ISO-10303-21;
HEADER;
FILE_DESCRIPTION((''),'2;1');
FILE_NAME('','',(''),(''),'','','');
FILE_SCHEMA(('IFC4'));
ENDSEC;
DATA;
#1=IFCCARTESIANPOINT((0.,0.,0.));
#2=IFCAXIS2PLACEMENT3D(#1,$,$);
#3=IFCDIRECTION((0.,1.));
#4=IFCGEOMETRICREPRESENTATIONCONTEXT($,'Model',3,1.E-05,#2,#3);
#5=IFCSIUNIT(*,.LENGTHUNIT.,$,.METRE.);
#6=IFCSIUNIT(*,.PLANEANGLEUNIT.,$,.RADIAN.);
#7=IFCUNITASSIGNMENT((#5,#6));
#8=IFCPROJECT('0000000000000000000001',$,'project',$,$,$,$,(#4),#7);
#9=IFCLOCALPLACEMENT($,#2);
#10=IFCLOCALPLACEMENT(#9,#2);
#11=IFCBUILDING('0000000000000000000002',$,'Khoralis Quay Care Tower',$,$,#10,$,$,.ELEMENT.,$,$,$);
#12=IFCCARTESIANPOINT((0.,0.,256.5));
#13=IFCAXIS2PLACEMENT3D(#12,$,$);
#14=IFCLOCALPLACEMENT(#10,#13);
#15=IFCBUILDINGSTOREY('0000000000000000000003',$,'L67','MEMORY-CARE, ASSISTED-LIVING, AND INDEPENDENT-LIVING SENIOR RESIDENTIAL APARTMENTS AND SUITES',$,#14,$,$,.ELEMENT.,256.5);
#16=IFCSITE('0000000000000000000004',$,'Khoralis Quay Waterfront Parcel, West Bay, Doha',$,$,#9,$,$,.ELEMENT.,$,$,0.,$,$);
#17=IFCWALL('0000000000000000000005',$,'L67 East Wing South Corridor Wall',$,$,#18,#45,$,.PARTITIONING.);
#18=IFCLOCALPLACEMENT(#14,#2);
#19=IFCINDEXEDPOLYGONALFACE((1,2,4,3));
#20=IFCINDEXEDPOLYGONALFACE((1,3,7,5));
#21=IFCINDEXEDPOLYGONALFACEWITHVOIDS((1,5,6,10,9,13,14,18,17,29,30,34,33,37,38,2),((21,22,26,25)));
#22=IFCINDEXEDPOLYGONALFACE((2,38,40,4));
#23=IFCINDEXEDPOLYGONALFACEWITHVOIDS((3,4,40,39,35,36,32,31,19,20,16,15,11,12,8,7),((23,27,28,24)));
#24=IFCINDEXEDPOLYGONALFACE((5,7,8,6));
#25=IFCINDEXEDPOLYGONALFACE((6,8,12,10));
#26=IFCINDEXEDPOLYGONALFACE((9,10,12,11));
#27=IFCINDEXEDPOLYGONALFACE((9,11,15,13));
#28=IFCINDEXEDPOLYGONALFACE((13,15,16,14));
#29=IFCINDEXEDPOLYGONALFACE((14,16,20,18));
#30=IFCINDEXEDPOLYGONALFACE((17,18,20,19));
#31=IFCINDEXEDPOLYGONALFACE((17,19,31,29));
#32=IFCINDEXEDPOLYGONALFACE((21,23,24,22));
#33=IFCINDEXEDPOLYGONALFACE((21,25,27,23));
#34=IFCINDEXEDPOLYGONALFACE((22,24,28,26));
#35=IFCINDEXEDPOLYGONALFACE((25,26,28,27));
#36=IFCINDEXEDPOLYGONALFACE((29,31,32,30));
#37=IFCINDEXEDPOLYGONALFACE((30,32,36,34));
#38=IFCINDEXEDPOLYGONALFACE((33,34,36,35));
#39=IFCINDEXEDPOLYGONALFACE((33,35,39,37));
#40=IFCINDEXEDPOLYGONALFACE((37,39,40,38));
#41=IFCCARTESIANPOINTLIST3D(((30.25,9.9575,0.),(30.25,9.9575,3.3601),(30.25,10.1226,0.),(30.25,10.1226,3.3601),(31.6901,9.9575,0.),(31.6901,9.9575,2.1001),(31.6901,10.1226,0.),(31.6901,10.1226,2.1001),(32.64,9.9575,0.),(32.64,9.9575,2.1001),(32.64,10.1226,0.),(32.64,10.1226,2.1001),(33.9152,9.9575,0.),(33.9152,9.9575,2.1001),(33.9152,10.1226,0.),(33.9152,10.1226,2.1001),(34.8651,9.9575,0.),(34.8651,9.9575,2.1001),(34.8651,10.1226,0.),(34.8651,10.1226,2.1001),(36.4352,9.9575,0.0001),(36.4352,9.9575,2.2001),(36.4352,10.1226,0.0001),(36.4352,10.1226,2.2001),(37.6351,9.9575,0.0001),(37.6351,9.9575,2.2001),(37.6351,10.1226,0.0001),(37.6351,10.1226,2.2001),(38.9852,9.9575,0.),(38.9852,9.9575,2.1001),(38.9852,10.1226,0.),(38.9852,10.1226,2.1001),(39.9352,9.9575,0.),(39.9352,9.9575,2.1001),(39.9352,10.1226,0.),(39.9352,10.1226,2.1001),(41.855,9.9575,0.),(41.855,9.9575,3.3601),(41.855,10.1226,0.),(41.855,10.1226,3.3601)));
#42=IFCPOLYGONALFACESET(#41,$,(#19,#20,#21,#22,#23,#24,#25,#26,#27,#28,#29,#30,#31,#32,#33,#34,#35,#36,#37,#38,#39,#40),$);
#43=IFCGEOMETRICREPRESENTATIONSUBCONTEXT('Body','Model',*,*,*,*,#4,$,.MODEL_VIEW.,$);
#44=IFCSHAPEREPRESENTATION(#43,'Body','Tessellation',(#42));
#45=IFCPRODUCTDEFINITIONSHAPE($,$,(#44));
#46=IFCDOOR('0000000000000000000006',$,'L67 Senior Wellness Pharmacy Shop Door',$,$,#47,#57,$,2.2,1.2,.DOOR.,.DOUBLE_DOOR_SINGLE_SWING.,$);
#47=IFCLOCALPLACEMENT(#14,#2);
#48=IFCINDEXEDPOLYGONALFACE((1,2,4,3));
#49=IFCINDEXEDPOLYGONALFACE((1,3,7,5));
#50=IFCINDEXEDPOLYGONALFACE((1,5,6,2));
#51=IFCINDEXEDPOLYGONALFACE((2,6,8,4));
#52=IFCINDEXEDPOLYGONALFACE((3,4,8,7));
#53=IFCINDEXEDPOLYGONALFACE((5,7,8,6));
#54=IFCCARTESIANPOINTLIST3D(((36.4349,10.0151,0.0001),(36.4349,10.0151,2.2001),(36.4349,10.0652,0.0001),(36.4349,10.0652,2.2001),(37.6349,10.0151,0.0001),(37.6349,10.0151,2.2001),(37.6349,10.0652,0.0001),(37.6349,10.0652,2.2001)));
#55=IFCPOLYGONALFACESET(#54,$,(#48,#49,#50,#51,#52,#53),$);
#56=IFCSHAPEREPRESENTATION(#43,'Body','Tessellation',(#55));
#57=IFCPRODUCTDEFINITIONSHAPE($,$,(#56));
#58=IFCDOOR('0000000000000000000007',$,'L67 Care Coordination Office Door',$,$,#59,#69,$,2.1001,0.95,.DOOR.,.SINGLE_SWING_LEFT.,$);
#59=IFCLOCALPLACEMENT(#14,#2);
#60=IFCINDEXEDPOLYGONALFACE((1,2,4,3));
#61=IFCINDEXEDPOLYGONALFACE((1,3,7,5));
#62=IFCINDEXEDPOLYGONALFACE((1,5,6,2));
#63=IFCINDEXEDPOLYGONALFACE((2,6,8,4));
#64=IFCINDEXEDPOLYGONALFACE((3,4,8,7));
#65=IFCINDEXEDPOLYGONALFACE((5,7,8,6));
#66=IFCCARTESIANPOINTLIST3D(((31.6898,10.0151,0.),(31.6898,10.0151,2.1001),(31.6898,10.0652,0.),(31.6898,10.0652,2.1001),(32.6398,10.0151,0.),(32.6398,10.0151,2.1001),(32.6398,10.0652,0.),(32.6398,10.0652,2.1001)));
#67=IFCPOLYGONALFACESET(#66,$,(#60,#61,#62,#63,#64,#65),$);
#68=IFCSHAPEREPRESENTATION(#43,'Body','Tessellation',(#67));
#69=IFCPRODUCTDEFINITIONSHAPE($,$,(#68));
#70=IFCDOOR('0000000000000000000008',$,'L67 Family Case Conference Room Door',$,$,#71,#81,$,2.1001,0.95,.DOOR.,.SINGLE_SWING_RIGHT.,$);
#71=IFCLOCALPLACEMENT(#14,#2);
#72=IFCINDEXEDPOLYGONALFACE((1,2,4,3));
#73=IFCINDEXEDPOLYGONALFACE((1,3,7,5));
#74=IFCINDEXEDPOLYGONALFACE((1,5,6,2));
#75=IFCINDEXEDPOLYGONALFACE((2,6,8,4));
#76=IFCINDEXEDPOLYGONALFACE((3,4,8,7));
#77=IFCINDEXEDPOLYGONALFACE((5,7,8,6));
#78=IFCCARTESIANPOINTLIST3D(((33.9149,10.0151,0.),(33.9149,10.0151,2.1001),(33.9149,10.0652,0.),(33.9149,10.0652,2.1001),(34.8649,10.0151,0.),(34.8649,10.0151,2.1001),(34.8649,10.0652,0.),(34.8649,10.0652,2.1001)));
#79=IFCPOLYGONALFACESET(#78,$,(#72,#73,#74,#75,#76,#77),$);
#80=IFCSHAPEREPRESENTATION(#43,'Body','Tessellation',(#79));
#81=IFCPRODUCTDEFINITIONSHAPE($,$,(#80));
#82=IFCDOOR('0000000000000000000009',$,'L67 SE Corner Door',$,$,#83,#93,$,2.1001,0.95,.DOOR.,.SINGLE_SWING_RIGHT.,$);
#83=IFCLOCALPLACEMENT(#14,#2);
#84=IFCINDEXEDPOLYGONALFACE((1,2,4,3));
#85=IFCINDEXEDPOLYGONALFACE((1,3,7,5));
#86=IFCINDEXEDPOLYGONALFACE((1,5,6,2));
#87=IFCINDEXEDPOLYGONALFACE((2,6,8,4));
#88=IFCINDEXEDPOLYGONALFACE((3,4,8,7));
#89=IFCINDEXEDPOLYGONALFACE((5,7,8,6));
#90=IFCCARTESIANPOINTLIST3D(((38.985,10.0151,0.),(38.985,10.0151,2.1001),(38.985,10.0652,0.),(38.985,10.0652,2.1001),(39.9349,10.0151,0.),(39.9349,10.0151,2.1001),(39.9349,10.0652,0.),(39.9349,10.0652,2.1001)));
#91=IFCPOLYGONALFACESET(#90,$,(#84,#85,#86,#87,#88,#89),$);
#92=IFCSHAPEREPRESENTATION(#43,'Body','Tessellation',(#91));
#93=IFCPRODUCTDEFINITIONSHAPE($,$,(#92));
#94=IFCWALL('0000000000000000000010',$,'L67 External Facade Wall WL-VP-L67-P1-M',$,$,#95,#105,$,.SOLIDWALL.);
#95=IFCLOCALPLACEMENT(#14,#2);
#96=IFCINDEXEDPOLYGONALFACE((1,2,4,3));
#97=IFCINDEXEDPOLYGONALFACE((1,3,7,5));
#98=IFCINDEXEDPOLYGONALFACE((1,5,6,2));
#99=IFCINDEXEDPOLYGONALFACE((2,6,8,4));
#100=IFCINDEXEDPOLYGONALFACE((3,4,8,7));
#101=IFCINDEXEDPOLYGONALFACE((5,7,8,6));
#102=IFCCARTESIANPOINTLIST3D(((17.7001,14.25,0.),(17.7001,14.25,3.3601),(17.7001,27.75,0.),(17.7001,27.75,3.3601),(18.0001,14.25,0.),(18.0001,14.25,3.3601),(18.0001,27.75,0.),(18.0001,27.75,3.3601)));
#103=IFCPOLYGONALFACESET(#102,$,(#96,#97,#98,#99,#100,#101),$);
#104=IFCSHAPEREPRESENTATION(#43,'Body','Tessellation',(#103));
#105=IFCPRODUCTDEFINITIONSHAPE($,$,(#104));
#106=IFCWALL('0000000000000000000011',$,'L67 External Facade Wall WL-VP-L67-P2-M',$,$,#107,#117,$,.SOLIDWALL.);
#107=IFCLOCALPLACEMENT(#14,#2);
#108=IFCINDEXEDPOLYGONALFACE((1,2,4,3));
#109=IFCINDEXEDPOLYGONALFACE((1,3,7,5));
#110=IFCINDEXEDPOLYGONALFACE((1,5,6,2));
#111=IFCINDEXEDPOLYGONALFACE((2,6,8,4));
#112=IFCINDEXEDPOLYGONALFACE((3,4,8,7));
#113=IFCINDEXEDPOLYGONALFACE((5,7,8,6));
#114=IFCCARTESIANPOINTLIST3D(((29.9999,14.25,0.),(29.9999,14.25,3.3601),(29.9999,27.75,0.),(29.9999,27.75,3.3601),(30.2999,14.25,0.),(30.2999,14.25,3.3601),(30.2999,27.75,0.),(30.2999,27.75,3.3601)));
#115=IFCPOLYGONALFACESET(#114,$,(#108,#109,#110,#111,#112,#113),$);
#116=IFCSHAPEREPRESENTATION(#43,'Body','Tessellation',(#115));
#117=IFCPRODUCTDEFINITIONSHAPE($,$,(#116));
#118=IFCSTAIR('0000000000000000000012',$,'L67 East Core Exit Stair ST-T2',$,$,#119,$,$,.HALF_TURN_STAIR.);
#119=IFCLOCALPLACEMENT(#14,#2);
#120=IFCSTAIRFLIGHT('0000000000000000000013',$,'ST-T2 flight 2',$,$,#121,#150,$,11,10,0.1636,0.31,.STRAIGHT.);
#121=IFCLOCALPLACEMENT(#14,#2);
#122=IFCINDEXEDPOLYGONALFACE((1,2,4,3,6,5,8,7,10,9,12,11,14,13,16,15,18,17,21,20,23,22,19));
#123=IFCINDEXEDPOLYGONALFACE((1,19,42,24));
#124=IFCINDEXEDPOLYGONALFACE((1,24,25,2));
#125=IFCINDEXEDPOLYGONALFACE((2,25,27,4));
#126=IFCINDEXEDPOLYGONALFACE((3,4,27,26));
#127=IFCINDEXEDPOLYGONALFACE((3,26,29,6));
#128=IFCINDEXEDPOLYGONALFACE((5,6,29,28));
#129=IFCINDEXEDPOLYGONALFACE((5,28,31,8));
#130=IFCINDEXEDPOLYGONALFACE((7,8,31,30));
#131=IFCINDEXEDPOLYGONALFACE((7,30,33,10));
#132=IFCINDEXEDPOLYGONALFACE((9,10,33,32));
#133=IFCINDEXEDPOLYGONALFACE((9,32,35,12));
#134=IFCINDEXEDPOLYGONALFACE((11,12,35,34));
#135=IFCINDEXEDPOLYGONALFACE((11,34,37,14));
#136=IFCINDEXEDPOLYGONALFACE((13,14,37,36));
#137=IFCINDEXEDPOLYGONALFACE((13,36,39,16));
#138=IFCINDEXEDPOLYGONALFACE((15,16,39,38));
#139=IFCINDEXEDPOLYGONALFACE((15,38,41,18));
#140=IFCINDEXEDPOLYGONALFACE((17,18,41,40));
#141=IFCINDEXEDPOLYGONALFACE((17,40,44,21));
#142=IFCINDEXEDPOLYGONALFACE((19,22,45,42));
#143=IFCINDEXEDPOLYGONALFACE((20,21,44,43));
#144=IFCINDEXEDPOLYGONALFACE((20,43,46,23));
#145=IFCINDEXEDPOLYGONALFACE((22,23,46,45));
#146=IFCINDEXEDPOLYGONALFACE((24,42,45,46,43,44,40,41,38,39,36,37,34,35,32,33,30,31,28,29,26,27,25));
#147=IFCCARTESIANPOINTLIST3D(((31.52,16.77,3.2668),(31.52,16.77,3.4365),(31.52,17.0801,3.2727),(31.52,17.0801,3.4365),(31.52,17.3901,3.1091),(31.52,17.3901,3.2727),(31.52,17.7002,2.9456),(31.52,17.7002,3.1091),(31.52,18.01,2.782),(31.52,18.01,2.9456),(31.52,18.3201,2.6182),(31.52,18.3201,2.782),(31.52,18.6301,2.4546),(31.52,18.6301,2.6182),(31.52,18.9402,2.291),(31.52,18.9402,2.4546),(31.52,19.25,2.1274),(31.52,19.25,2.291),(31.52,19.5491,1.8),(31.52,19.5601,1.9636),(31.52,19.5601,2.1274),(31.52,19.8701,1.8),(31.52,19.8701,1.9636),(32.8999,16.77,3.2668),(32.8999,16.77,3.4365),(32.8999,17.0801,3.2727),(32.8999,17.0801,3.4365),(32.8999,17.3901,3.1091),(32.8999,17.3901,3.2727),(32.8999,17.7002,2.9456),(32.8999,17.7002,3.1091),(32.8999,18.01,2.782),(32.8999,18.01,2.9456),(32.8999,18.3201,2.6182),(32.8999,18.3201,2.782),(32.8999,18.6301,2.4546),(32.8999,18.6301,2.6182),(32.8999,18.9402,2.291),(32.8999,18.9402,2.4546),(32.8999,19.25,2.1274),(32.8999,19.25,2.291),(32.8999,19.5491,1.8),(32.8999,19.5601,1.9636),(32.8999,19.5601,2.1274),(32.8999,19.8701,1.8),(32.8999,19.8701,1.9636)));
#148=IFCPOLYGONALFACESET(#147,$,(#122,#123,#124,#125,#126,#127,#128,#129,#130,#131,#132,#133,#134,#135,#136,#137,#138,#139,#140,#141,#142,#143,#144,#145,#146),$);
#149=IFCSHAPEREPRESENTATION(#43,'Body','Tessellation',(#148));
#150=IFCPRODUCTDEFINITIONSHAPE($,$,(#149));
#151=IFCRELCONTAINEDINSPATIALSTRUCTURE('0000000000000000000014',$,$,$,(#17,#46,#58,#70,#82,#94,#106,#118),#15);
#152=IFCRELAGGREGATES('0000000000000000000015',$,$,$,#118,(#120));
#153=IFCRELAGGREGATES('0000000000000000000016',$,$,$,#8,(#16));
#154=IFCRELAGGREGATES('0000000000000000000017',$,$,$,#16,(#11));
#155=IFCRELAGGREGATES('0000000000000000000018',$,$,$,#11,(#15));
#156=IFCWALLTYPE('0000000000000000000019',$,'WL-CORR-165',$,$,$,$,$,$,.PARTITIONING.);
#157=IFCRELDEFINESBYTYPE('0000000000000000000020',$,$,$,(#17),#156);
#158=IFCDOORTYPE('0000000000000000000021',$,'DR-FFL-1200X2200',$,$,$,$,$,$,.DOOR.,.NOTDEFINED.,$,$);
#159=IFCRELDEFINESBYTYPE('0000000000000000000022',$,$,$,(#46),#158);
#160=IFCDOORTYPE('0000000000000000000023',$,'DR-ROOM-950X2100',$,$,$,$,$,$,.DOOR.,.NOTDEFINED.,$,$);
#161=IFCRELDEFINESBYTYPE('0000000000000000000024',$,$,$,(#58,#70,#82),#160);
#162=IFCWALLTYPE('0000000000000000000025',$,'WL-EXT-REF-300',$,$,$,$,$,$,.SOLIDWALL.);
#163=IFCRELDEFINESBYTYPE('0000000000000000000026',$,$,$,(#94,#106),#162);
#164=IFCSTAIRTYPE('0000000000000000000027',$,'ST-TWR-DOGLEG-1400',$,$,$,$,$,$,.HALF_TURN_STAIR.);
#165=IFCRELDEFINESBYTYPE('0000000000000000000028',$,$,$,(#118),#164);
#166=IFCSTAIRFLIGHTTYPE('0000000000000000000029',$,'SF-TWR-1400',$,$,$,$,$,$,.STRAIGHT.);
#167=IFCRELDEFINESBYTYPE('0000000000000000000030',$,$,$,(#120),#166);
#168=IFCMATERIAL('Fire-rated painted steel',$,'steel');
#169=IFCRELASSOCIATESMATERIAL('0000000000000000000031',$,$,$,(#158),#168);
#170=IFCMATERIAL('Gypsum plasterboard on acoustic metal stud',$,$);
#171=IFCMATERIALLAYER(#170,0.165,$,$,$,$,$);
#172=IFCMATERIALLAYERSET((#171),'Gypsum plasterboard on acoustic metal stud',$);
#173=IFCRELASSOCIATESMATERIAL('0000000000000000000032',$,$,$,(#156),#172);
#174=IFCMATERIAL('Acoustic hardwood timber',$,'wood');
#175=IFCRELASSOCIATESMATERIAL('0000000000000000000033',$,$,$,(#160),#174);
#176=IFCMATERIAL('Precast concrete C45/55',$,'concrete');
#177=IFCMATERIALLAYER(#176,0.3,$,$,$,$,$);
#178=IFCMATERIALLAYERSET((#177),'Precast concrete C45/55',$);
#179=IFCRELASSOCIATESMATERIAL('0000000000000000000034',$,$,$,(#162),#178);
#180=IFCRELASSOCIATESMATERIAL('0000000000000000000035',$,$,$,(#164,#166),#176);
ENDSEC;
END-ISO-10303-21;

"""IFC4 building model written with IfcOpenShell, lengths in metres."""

from ifc_helpers import new_model, si_unit, direction, frame, frame_2d, origin, place, context, subcontext, project, spatial, polyline, rectangle, outline, extrude, source, transform, mapped, material, layer, layer_set, type_object, element, fill, aggregate, save


model = new_model("IFC4")

# Units and contexts
model_context = context("Model", 3, precision=1e-05, world=origin(), true_north=direction((0.0, 1.0)))
body_context = subcontext(model_context, "Body", "Model", "MODEL_VIEW")
ifc_project = project(units=[si_unit("LENGTHUNIT", "METRE"), si_unit("PLANEANGLEUNIT", "RADIAN")], contexts=[model_context])

# Site, building, storey
site_placement = place(None, origin())
site = spatial("IfcSite", under=ifc_project, at=site_placement, Name="Khoralis Quay Waterfront Parcel, West Bay, Doha", CompositionType="ELEMENT", RefElevation=0.0)
building_placement = place(site_placement, origin())
building = spatial("IfcBuilding", under=site, at=building_placement, Name="Khoralis Quay Care Tower", CompositionType="ELEMENT")
storey_placement = place(building_placement, frame((0.0, 0.0, 256.5)))
storey = spatial("IfcBuildingStorey", under=building, at=storey_placement, Name="L67", Description="MEMORY-CARE, ASSISTED-LIVING, AND INDEPENDENT-LIVING SENIOR RESIDENTIAL APARTMENTS AND SUITES", CompositionType="ELEMENT", Elevation=256.5)

# Shared definitions
ifc_material_1 = material(Name="Gypsum plasterboard on acoustic metal stud")
ifc_material_2 = material(Name="Fire-rated painted steel", Category="steel")
door_type_1 = type_object("IfcDoorType", Name="DR-FFL-1200X2200", OperationType="NOTDEFINED", PredefinedType="DOOR", material=ifc_material_2)
shared_shape_1 = source(origin(), body_context, "Body", "SweptSolid", [
    extrude(rectangle(XDim=1.2, YDim=2.2, at=frame_2d((0.6001, 1.1001))), frame((0.0, 0.0249, 0.0), z_axis=(0.0, -1.0, 0.0), x_axis=(1.0, 0.0, 0.0)), (0.0, 0.0, 1.0), 0.05),
])

# Wall, openings, doors
ifc_layer_1 = layer(ifc_material_1, 0.165)
ifc_layer_set_1 = layer_set([ifc_layer_1], Name="Gypsum plasterboard on acoustic metal stud")
wall_type_1 = type_object("IfcWallType", Name="WL-CORR-165", PredefinedType="PARTITIONING", material=ifc_layer_set_1)
wall_1_placement = place(storey_placement, frame((30.25, 10.04, 0.0), z_axis=(0.0, 0.0, 1.0), x_axis=(1.0, 0.0, 0.0)))
wall_1 = element("IfcWall", 1, at=wall_1_placement, inside=storey, type_object=wall_type_1, Name="L67 East Wing South Corridor Wall", PredefinedType="PARTITIONING", context=body_context, shape_type="SweptSolid", body=[
    extrude(rectangle(XDim=11.605, YDim=0.165, at=frame_2d((5.8025, 0.0))), origin(), (0.0, 0.0, 1.0), 3.3601),
])
opening_1_placement = place(wall_1_placement, frame((1.4399, 0.0, 0.0)))
opening_1 = element("IfcOpeningElement", 2, at=opening_1_placement, cuts=wall_1, PredefinedType="OPENING", context=body_context, shape_type="SweptSolid", body=[
    extrude(rectangle(XDim=0.95, YDim=2.1001, at=frame_2d((0.4751, 1.05))), frame((0.0, 0.0925, 0.0), z_axis=(0.0, -1.0, 0.0), x_axis=(1.0, 0.0, 0.0)), (0.0, 0.0, 1.0), 0.1851),
])
opening_2_placement = place(wall_1_placement, frame((3.665, 0.0, 0.0)))
opening_2 = element("IfcOpeningElement", 3, at=opening_2_placement, cuts=wall_1, PredefinedType="OPENING", context=body_context, shape_type="SweptSolid", body=[
    extrude(rectangle(XDim=0.95, YDim=2.1001, at=frame_2d((0.4751, 1.05))), frame((0.0, 0.0925, 0.0), z_axis=(0.0, -1.0, 0.0), x_axis=(1.0, 0.0, 0.0)), (0.0, 0.0, 1.0), 0.1851),
])
opening_3_placement = place(wall_1_placement, frame((6.1851, 0.0, 0.0)))
opening_3 = element("IfcOpeningElement", 4, at=opening_3_placement, cuts=wall_1, PredefinedType="OPENING", context=body_context, shape_type="SweptSolid", body=[
    extrude(rectangle(XDim=1.2, YDim=2.2, at=frame_2d((0.6001, 1.1001))), frame((0.0, 0.0925, 0.0), z_axis=(0.0, -1.0, 0.0), x_axis=(1.0, 0.0, 0.0)), (0.0, 0.0, 1.0), 0.1851),
])
opening_4_placement = place(wall_1_placement, frame((8.7351, 0.0, 0.0)))
opening_4 = element("IfcOpeningElement", 5, at=opening_4_placement, cuts=wall_1, PredefinedType="OPENING", context=body_context, shape_type="SweptSolid", body=[
    extrude(rectangle(XDim=0.95, YDim=2.1001, at=frame_2d((0.4751, 1.05))), frame((0.0, 0.0925, 0.0), z_axis=(0.0, -1.0, 0.0), x_axis=(1.0, 0.0, 0.0)), (0.0, 0.0, 1.0), 0.1851),
])
door_1_placement = place(opening_3_placement, frame((1.2, 0.0, 0.0), z_axis=(0.0, 0.0, 1.0), x_axis=(-1.0, 0.0, 0.0)))
door_1 = element("IfcDoor", 6, at=door_1_placement, inside=storey, type_object=door_type_1, Name="L67 Senior Wellness Pharmacy Shop Door", OperationType="DOUBLE_DOOR_SINGLE_SWING", OverallHeight=2.2, OverallWidth=1.2, PredefinedType="DOOR", context=body_context, shape_type="MappedRepresentation", body=[
    mapped(shared_shape_1, transform((0.0, 0.0, 0.0), scale=1.0)),
])
fill(opening_3, door_1)
ifc_material_3 = material(Name="Acoustic hardwood timber", Category="wood")
door_type_2 = type_object("IfcDoorType", Name="DR-ROOM-950X2100", OperationType="NOTDEFINED", PredefinedType="DOOR", material=ifc_material_3)
shared_shape_2 = source(origin(), body_context, "Body", "SweptSolid", [
    extrude(rectangle(XDim=0.95, YDim=2.1001, at=frame_2d((0.4751, 1.05))), frame((0.0, 0.0249, 0.0), z_axis=(0.0, -1.0, 0.0), x_axis=(1.0, 0.0, 0.0)), (0.0, 0.0, 1.0), 0.05),
])
door_2_placement = place(opening_1_placement, frame((0.95, 0.0, 0.0), z_axis=(0.0, 0.0, 1.0), x_axis=(-1.0, 0.0, 0.0)))
door_2 = element("IfcDoor", 7, at=door_2_placement, inside=storey, type_object=door_type_2, Name="L67 Care Coordination Office Door", OperationType="SINGLE_SWING_LEFT", OverallHeight=2.1001, OverallWidth=0.95, PredefinedType="DOOR", context=body_context, shape_type="MappedRepresentation", body=[
    mapped(shared_shape_2, transform((0.0, 0.0, 0.0), scale=1.0)),
])
fill(opening_1, door_2)
door_3_placement = place(opening_2_placement, frame((0.95, 0.0, 0.0), z_axis=(0.0, 0.0, 1.0), x_axis=(-1.0, 0.0, 0.0)))
door_3 = element("IfcDoor", 8, at=door_3_placement, inside=storey, type_object=door_type_2, Name="L67 Family Case Conference Room Door", OperationType="SINGLE_SWING_RIGHT", OverallHeight=2.1001, OverallWidth=0.95, PredefinedType="DOOR", context=body_context, shape_type="MappedRepresentation", body=[
    mapped(shared_shape_2, transform((0.0, 0.0, 0.0), scale=1.0)),
])
fill(opening_2, door_3)
door_4_placement = place(opening_4_placement, frame((0.95, 0.0, 0.0), z_axis=(0.0, 0.0, 1.0), x_axis=(-1.0, 0.0, 0.0)))
door_4 = element("IfcDoor", 9, at=door_4_placement, inside=storey, type_object=door_type_2, Name="L67 SE Corner Door", OperationType="SINGLE_SWING_RIGHT", OverallHeight=2.1001, OverallWidth=0.95, PredefinedType="DOOR", context=body_context, shape_type="MappedRepresentation", body=[
    mapped(shared_shape_2, transform((0.0, 0.0, 0.0), scale=1.0)),
])
fill(opening_4, door_4)

# Walls
ifc_material_4 = material(Name="Precast concrete C45/55", Category="concrete")
ifc_layer_2 = layer(ifc_material_4, 0.3)
ifc_layer_set_2 = layer_set([ifc_layer_2], Name="Precast concrete C45/55")
wall_type_2 = type_object("IfcWallType", Name="WL-EXT-REF-300", PredefinedType="SOLIDWALL", material=ifc_layer_set_2)
for number, where, z_axis, x_axis, name in (
    (10, (17.8501, 14.25, 0.0), (0.0, 0.0, 1.0), (0.0, 1.0, 0.0), "L67 External Facade Wall WL-VP-L67-P1-M"),
    (11, (30.1499, 14.25, 0.0), (0.0, 0.0, 1.0), (0.0, 1.0, 0.0), "L67 External Facade Wall WL-VP-L67-P2-M"),
):
    element("IfcWall", number, at=place(storey_placement, frame(where, z_axis=z_axis, x_axis=x_axis)), inside=storey, type_object=wall_type_2, Name=name, PredefinedType="SOLIDWALL", context=body_context, shape_type="SweptSolid", body=[
        extrude(rectangle(XDim=13.5, YDim=0.3, at=frame_2d((6.75, 0.0))), origin(), (0.0, 0.0, 1.0), 3.3601),
    ])

# Stair, stair flight
stair_type = type_object("IfcStairType", Name="ST-TWR-DOGLEG-1400", PredefinedType="HALF_TURN_STAIR", material=ifc_material_4)
stair_placement = place(storey_placement, origin())
stair = element("IfcStair", 12, at=stair_placement, inside=storey, type_object=stair_type, Name="L67 East Core Exit Stair ST-T2", PredefinedType="HALF_TURN_STAIR")
stair_flight_type = type_object("IfcStairFlightType", Name="SF-TWR-1400", PredefinedType="STRAIGHT", material=ifc_material_4)
shared_shape_3 = source(origin(), body_context, "Body", "SweptSolid", [
    extrude(outline(polyline([(0.0, 0.0), (0.0, 0.1636), (0.3101, 0.1636), (0.3101, 0.3274), (0.6201, 0.3274), (0.6201, 0.491), (0.9299, 0.491), (0.9299, 0.6545), (1.24, 0.6545), (1.24, 0.8181), (1.55, 0.8181), (1.55, 0.9819), (1.8601, 0.9819), (1.8601, 1.1455), (2.1699, 1.1455), (2.1699, 1.3091), (2.48, 1.3091), (2.48, 1.4727), (2.79, 1.4727), (2.79, 1.6365), (3.1001, 1.6365), (3.1001, 1.8), (3.1001, 1.4668), (0.321, 0.0), (0.0, 0.0)])), frame((0.0, 0.6899, 0.0), z_axis=(0.0, -1.0, 0.0), x_axis=(1.0, 0.0, 0.0)), (0.0, 0.0, 1.0), 1.3799),
])
stair_flight_placement = place(storey_placement, frame((32.21, 19.8701, 1.8), z_axis=(0.0, 0.0, 1.0), x_axis=(0.0, -1.0, 0.0)))
stair_flight = element("IfcStairFlight", 13, at=stair_flight_placement, type_object=stair_flight_type, Name="ST-T2 flight 2", NumberOfRisers=11, NumberOfTreads=10, PredefinedType="STRAIGHT", RiserHeight=0.1636, TreadLength=0.31, context=body_context, shape_type="MappedRepresentation", body=[
    mapped(shared_shape_3, transform((0.0, 0.0, 0.0), scale=1.0)),
])
aggregate(stair, [stair_flight])

save(model, "model.ifc")
